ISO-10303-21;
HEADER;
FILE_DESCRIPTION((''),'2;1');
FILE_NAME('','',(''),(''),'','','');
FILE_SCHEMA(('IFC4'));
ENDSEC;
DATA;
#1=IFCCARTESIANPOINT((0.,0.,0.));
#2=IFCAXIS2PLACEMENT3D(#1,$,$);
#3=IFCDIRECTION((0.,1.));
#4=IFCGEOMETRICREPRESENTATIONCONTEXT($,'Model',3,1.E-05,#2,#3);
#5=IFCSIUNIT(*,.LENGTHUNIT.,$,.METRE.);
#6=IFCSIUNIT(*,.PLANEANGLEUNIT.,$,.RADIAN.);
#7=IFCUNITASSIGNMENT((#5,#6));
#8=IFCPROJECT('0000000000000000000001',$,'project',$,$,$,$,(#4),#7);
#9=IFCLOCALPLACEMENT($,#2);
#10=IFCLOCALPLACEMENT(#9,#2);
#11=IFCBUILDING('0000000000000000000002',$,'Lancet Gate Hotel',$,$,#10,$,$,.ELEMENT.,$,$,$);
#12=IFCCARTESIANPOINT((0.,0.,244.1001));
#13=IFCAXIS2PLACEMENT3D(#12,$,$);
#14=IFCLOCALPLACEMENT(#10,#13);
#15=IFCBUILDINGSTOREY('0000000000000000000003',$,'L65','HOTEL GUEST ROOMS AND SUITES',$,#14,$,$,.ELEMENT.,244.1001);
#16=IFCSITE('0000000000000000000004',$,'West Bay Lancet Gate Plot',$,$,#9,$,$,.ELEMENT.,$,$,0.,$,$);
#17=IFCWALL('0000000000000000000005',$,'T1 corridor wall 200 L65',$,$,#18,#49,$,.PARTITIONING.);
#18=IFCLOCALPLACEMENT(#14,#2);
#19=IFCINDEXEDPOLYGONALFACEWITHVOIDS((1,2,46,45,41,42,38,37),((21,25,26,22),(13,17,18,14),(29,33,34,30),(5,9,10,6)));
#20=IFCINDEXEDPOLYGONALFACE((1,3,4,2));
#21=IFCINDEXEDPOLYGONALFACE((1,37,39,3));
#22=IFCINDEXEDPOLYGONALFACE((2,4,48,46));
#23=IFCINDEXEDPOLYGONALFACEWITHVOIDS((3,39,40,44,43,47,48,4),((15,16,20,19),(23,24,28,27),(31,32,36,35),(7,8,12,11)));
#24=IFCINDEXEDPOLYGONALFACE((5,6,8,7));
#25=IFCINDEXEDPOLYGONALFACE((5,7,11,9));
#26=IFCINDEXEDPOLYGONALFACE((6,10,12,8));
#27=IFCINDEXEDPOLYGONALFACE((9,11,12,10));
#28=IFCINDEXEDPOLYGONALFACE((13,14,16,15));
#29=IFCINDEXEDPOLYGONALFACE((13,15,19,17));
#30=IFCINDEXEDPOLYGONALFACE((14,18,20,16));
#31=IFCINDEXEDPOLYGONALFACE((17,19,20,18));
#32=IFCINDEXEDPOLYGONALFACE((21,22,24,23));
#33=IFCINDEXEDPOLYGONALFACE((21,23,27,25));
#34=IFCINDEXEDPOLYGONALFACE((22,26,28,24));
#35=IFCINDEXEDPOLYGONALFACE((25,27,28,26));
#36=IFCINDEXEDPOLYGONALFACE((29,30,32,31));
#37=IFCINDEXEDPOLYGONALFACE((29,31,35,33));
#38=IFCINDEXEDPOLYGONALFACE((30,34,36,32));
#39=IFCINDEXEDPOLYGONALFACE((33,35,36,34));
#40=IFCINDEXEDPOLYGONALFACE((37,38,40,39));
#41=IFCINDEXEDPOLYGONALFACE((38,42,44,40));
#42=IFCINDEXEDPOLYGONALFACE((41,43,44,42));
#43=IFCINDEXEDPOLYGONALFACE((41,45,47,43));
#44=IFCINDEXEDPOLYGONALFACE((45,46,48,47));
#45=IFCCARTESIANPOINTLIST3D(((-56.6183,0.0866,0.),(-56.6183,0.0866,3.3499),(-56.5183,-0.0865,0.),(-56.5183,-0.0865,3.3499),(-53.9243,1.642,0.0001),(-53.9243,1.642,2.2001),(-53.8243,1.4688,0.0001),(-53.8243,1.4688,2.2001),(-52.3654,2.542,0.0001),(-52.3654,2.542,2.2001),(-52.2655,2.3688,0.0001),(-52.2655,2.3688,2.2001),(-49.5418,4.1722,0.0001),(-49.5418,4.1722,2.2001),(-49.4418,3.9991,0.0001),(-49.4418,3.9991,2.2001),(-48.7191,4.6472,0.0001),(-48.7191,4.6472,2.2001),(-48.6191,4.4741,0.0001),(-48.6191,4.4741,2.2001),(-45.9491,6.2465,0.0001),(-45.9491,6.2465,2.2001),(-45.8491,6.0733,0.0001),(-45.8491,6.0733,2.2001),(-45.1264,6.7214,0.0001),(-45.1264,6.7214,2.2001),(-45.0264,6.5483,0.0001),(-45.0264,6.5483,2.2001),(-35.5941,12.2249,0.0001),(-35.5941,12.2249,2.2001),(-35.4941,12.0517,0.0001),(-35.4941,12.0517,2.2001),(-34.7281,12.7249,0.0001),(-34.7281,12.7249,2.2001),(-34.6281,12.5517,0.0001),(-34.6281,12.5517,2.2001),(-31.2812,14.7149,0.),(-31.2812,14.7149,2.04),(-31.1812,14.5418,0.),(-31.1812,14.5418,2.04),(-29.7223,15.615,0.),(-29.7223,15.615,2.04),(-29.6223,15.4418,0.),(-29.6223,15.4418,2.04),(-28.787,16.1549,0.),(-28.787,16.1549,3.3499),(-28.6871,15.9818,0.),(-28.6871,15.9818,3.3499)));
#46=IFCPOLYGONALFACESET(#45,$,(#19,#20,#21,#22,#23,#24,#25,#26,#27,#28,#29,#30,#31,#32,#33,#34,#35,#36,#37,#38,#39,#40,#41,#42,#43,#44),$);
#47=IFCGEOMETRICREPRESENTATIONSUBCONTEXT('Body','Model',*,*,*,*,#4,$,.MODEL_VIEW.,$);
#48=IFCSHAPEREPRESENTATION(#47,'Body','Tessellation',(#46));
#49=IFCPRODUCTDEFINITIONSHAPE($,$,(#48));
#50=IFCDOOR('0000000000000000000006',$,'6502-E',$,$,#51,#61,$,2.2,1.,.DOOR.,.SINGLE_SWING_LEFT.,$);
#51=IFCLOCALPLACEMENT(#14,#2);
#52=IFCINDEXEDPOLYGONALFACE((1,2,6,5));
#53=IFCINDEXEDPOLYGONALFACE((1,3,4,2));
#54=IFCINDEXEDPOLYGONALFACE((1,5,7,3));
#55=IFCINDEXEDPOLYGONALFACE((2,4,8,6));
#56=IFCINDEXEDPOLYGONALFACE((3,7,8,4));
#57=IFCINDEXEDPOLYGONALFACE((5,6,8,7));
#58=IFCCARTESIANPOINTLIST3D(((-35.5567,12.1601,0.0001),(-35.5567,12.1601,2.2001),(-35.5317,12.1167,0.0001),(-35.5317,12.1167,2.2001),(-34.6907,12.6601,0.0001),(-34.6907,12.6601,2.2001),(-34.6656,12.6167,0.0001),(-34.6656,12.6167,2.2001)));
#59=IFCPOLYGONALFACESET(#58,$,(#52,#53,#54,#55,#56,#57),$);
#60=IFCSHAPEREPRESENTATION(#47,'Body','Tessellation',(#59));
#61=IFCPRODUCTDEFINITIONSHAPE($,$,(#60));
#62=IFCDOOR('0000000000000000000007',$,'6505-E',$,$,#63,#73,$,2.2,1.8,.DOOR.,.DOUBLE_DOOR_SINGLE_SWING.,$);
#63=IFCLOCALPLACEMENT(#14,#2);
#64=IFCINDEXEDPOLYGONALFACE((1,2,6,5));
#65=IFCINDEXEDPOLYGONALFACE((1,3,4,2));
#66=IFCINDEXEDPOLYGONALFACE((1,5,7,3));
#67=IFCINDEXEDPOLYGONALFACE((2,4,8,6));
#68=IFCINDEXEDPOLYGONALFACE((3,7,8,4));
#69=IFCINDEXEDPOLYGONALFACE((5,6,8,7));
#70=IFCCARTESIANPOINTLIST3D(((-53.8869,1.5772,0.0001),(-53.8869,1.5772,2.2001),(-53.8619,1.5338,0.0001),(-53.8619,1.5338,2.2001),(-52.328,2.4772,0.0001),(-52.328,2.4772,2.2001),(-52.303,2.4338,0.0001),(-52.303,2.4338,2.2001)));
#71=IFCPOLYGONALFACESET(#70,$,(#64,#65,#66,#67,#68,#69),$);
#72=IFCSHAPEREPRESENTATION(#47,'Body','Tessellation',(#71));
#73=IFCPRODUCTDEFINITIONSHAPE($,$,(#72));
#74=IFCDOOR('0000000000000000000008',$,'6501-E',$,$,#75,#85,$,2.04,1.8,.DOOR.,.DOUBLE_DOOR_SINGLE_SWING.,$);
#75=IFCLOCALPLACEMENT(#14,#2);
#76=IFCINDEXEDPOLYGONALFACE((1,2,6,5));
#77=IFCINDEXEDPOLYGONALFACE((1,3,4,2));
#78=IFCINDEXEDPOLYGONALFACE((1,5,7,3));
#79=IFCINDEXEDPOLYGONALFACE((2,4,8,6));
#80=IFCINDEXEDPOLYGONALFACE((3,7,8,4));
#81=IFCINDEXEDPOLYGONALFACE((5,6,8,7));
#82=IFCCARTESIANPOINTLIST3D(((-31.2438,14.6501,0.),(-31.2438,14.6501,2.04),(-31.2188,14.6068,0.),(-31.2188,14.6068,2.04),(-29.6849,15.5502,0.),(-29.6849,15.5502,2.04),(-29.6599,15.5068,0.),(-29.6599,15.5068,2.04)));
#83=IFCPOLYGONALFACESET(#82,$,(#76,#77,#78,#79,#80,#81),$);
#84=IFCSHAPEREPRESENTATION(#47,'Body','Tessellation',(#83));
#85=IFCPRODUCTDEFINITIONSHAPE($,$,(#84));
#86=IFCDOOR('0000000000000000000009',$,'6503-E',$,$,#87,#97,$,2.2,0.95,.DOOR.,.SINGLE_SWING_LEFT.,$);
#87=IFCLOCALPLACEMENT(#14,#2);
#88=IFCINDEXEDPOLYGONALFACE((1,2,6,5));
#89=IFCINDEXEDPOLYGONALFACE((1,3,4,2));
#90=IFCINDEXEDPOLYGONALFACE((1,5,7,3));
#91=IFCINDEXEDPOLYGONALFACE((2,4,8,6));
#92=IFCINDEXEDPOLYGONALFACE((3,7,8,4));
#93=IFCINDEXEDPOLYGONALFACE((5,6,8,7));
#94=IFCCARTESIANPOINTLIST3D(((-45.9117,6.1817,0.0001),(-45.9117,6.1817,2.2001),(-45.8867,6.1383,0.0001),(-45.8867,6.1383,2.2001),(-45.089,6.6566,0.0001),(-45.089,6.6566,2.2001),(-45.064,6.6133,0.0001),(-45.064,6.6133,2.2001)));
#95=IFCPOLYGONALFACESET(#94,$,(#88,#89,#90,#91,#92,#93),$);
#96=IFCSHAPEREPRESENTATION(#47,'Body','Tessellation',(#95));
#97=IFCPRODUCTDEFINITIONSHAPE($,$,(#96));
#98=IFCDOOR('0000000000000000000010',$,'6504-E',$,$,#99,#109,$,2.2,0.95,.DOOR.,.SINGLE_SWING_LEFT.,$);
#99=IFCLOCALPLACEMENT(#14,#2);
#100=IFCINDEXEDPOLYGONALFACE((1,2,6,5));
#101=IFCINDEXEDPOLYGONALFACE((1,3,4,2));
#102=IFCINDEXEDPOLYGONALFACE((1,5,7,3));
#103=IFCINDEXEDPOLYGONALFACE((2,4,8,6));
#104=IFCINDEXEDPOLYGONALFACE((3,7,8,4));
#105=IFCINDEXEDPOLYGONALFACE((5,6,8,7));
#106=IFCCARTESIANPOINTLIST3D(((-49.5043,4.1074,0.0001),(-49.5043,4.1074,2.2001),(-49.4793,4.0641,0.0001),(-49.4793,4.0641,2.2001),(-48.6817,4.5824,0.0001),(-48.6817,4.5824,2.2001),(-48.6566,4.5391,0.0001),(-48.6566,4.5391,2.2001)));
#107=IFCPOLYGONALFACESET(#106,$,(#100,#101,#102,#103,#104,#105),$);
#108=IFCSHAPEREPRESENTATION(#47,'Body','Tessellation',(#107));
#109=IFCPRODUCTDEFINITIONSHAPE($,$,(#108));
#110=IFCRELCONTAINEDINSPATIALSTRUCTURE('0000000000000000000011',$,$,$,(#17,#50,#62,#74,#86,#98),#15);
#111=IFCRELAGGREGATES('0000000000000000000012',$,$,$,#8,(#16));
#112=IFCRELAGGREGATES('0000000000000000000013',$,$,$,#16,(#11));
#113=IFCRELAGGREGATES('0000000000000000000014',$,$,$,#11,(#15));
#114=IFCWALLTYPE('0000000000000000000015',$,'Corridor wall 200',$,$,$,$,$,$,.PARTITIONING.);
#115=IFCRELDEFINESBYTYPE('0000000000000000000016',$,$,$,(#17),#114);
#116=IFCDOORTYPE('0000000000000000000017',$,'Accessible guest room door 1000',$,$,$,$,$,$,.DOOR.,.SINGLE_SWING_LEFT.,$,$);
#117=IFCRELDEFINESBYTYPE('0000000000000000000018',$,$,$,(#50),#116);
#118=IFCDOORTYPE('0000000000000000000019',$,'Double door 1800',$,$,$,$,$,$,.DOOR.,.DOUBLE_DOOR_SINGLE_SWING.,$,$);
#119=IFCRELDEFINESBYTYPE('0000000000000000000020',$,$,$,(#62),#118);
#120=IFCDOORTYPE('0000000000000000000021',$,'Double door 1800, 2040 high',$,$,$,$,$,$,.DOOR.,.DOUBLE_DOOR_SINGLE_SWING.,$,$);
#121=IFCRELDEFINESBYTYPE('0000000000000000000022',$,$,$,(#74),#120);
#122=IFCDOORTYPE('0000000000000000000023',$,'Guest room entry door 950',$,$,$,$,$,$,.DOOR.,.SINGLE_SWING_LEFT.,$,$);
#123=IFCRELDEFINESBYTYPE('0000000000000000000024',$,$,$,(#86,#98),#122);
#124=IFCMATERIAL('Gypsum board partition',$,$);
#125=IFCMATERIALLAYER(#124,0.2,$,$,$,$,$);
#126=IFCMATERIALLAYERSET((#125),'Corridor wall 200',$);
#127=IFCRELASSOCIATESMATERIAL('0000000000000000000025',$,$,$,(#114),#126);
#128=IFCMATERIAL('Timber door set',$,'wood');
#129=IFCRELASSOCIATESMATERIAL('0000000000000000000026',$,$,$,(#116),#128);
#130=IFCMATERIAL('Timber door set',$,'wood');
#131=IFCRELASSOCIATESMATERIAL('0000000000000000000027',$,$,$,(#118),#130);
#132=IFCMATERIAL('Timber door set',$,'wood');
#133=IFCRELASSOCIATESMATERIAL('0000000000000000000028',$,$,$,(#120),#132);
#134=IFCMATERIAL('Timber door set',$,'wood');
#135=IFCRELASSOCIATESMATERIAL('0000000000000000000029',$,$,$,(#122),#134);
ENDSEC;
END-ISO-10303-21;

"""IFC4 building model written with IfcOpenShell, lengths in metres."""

from ifc_helpers import new_model, si_unit, direction, frame, frame_2d, origin, place, context, subcontext, project, spatial, rectangle, extrude, material, layer, layer_set, type_object, element, fill, save


model = new_model("IFC4")

# Units and contexts
model_context = context("Model", 3, precision=1e-05, world=origin(), true_north=direction((0.0, 1.0)))
body_context = subcontext(model_context, "Body", "Model", "MODEL_VIEW")
ifc_project = project(units=[si_unit("LENGTHUNIT", "METRE"), si_unit("PLANEANGLEUNIT", "RADIAN")], contexts=[model_context])

# Site, building, storey
site_placement = place(None, origin())
site = spatial("IfcSite", under=ifc_project, at=site_placement, Name="West Bay Lancet Gate Plot", CompositionType="ELEMENT", RefElevation=0.0)
building_placement = place(site_placement, origin())
building = spatial("IfcBuilding", under=site, at=building_placement, Name="Lancet Gate Hotel", CompositionType="ELEMENT")
storey_placement = place(building_placement, frame((0.0, 0.0, 244.1001)))
storey = spatial("IfcBuildingStorey", under=building, at=storey_placement, Name="L65", Description="HOTEL GUEST ROOMS AND SUITES", CompositionType="ELEMENT", Elevation=244.1001)

# Wall, openings, doors
ifc_material_1 = material(Name="Gypsum board partition")
ifc_layer_1 = layer(ifc_material_1, 0.2)
ifc_layer_set_1 = layer_set([ifc_layer_1], Name="Corridor wall 200")
wall_type_1 = type_object("IfcWallType", Name="Corridor wall 200", PredefinedType="PARTITIONING", material=ifc_layer_set_1)
wall_1_placement = place(storey_placement, frame((-28.7371, 16.0684, 0.0), z_axis=(0.0, 0.0, 1.0), x_axis=(-0.866026, -0.499999, 0.0)))
wall_1 = element("IfcWall", 1, at=wall_1_placement, inside=storey, type_object=wall_type_1, Name="T1 corridor wall 200 L65", PredefinedType="PARTITIONING", context=body_context, shape_type="SweptSolid", body=[
    extrude(rectangle(XDim=32.1367, YDim=0.2, at=frame_2d((16.0684, 0.0))), origin(), (0.0, 0.0, 1.0), 3.3499),
])
opening_1_placement = place(wall_1_placement, frame((1.0801, 0.0, 0.0)))
opening_1 = element("IfcOpeningElement", 2, at=opening_1_placement, cuts=wall_1, PredefinedType="OPENING", context=body_context, shape_type="SweptSolid", body=[
    extrude(rectangle(XDim=1.8, YDim=2.04, at=frame_2d((0.8999, 1.02))), frame((0.0, 0.1099, 0.0), z_axis=(0.0, -1.0, 0.0), x_axis=(1.0, 0.0, 0.0)), (0.0, 0.0, 1.0), 0.22),
])
opening_2_placement = place(wall_1_placement, frame((6.8601, 0.0, 0.0)))
opening_2 = element("IfcOpeningElement", 3, at=opening_2_placement, cuts=wall_1, PredefinedType="OPENING", context=body_context, shape_type="SweptSolid", body=[
    extrude(rectangle(XDim=1.0, YDim=2.2, at=frame_2d((0.5, 1.1001))), frame((0.0, 0.1099, 0.0), z_axis=(0.0, -1.0, 0.0), x_axis=(1.0, 0.0, 0.0)), (0.0, 0.0, 1.0), 0.22),
])
opening_3_placement = place(wall_1_placement, frame((18.8669, 0.0, 0.0)))
opening_3 = element("IfcOpeningElement", 4, at=opening_3_placement, cuts=wall_1, PredefinedType="OPENING", context=body_context, shape_type="SweptSolid", body=[
    extrude(rectangle(XDim=0.95, YDim=2.2, at=frame_2d((0.4751, 1.1001))), frame((0.0, 0.1099, 0.0), z_axis=(0.0, -1.0, 0.0), x_axis=(1.0, 0.0, 0.0)), (0.0, 0.0, 1.0), 0.22),
])
opening_4_placement = place(wall_1_placement, frame((23.0154, 0.0, 0.0)))
opening_4 = element("IfcOpeningElement", 5, at=opening_4_placement, cuts=wall_1, PredefinedType="OPENING", context=body_context, shape_type="SweptSolid", body=[
    extrude(rectangle(XDim=0.95, YDim=2.2, at=frame_2d((0.4751, 1.1001))), frame((0.0, 0.1099, 0.0), z_axis=(0.0, -1.0, 0.0), x_axis=(1.0, 0.0, 0.0)), (0.0, 0.0, 1.0), 0.22),
])
opening_5_placement = place(wall_1_placement, frame((27.2261, 0.0, 0.0)))
opening_5 = element("IfcOpeningElement", 6, at=opening_5_placement, cuts=wall_1, PredefinedType="OPENING", context=body_context, shape_type="SweptSolid", body=[
    extrude(rectangle(XDim=1.8, YDim=2.2, at=frame_2d((0.8999, 1.1001))), frame((0.0, 0.1099, 0.0), z_axis=(0.0, -1.0, 0.0), x_axis=(1.0, 0.0, 0.0)), (0.0, 0.0, 1.0), 0.22),
])
ifc_material_2 = material(Name="Timber door set", Category="wood")
door_type_1 = type_object("IfcDoorType", Name="Accessible guest room door 1000", OperationType="SINGLE_SWING_LEFT", PredefinedType="DOOR", material=ifc_material_2)
door_1_placement = place(opening_2_placement, origin())
door_1 = element("IfcDoor", 7, at=door_1_placement, inside=storey, type_object=door_type_1, Name="6502-E", OperationType="SINGLE_SWING_LEFT", OverallHeight=2.2, OverallWidth=1.0, PredefinedType="DOOR", context=body_context, shape_type="SweptSolid", body=[
    extrude(rectangle(XDim=1.0, YDim=2.2, at=frame_2d((0.5, 1.1001))), frame((0.0, 0.0249, 0.0), z_axis=(0.0, -1.0, 0.0), x_axis=(1.0, 0.0, 0.0)), (0.0, 0.0, 1.0), 0.05),
])
fill(opening_2, door_1)
ifc_material_3 = material(Name="Timber door set", Category="wood")
door_type_2 = type_object("IfcDoorType", Name="Double door 1800", OperationType="DOUBLE_DOOR_SINGLE_SWING", PredefinedType="DOOR", material=ifc_material_3)
door_2_placement = place(opening_5_placement, origin())
door_2 = element("IfcDoor", 8, at=door_2_placement, inside=storey, type_object=door_type_2, Name="6505-E", OperationType="DOUBLE_DOOR_SINGLE_SWING", OverallHeight=2.2, OverallWidth=1.8, PredefinedType="DOOR", context=body_context, shape_type="SweptSolid", body=[
    extrude(rectangle(XDim=1.8, YDim=2.2, at=frame_2d((0.8999, 1.1001))), frame((0.0, 0.0249, 0.0), z_axis=(0.0, -1.0, 0.0), x_axis=(1.0, 0.0, 0.0)), (0.0, 0.0, 1.0), 0.05),
])
fill(opening_5, door_2)
ifc_material_4 = material(Name="Timber door set", Category="wood")
door_type_3 = type_object("IfcDoorType", Name="Double door 1800, 2040 high", OperationType="DOUBLE_DOOR_SINGLE_SWING", PredefinedType="DOOR", material=ifc_material_4)
door_3_placement = place(opening_1_placement, origin())
door_3 = element("IfcDoor", 9, at=door_3_placement, inside=storey, type_object=door_type_3, Name="6501-E", OperationType="DOUBLE_DOOR_SINGLE_SWING", OverallHeight=2.04, OverallWidth=1.8, PredefinedType="DOOR", context=body_context, shape_type="SweptSolid", body=[
    extrude(rectangle(XDim=1.8, YDim=2.04, at=frame_2d((0.8999, 1.02))), frame((0.0, 0.0249, 0.0), z_axis=(0.0, -1.0, 0.0), x_axis=(1.0, 0.0, 0.0)), (0.0, 0.0, 1.0), 0.05),
])
fill(opening_1, door_3)
ifc_material_5 = material(Name="Timber door set", Category="wood")
door_type_4 = type_object("IfcDoorType", Name="Guest room entry door 950", OperationType="SINGLE_SWING_LEFT", PredefinedType="DOOR", material=ifc_material_5)
door_4_placement = place(opening_3_placement, origin())
door_4 = element("IfcDoor", 10, at=door_4_placement, inside=storey, type_object=door_type_4, Name="6503-E", OperationType="SINGLE_SWING_LEFT", OverallHeight=2.2, OverallWidth=0.95, PredefinedType="DOOR", context=body_context, shape_type="SweptSolid", body=[
    extrude(rectangle(XDim=0.95, YDim=2.2, at=frame_2d((0.4751, 1.1001))), frame((0.0, 0.0249, 0.0), z_axis=(0.0, -1.0, 0.0), x_axis=(1.0, 0.0, 0.0)), (0.0, 0.0, 1.0), 0.05),
])
fill(opening_3, door_4)
door_5_placement = place(opening_4_placement, origin())
door_5 = element("IfcDoor", 11, at=door_5_placement, inside=storey, type_object=door_type_4, Name="6504-E", OperationType="SINGLE_SWING_LEFT", OverallHeight=2.2, OverallWidth=0.95, PredefinedType="DOOR", context=body_context, shape_type="SweptSolid", body=[
    extrude(rectangle(XDim=0.95, YDim=2.2, at=frame_2d((0.4751, 1.1001))), frame((0.0, 0.0249, 0.0), z_axis=(0.0, -1.0, 0.0), x_axis=(1.0, 0.0, 0.0)), (0.0, 0.0, 1.0), 0.05),
])
fill(opening_4, door_5)

save(model, "model.ifc")
